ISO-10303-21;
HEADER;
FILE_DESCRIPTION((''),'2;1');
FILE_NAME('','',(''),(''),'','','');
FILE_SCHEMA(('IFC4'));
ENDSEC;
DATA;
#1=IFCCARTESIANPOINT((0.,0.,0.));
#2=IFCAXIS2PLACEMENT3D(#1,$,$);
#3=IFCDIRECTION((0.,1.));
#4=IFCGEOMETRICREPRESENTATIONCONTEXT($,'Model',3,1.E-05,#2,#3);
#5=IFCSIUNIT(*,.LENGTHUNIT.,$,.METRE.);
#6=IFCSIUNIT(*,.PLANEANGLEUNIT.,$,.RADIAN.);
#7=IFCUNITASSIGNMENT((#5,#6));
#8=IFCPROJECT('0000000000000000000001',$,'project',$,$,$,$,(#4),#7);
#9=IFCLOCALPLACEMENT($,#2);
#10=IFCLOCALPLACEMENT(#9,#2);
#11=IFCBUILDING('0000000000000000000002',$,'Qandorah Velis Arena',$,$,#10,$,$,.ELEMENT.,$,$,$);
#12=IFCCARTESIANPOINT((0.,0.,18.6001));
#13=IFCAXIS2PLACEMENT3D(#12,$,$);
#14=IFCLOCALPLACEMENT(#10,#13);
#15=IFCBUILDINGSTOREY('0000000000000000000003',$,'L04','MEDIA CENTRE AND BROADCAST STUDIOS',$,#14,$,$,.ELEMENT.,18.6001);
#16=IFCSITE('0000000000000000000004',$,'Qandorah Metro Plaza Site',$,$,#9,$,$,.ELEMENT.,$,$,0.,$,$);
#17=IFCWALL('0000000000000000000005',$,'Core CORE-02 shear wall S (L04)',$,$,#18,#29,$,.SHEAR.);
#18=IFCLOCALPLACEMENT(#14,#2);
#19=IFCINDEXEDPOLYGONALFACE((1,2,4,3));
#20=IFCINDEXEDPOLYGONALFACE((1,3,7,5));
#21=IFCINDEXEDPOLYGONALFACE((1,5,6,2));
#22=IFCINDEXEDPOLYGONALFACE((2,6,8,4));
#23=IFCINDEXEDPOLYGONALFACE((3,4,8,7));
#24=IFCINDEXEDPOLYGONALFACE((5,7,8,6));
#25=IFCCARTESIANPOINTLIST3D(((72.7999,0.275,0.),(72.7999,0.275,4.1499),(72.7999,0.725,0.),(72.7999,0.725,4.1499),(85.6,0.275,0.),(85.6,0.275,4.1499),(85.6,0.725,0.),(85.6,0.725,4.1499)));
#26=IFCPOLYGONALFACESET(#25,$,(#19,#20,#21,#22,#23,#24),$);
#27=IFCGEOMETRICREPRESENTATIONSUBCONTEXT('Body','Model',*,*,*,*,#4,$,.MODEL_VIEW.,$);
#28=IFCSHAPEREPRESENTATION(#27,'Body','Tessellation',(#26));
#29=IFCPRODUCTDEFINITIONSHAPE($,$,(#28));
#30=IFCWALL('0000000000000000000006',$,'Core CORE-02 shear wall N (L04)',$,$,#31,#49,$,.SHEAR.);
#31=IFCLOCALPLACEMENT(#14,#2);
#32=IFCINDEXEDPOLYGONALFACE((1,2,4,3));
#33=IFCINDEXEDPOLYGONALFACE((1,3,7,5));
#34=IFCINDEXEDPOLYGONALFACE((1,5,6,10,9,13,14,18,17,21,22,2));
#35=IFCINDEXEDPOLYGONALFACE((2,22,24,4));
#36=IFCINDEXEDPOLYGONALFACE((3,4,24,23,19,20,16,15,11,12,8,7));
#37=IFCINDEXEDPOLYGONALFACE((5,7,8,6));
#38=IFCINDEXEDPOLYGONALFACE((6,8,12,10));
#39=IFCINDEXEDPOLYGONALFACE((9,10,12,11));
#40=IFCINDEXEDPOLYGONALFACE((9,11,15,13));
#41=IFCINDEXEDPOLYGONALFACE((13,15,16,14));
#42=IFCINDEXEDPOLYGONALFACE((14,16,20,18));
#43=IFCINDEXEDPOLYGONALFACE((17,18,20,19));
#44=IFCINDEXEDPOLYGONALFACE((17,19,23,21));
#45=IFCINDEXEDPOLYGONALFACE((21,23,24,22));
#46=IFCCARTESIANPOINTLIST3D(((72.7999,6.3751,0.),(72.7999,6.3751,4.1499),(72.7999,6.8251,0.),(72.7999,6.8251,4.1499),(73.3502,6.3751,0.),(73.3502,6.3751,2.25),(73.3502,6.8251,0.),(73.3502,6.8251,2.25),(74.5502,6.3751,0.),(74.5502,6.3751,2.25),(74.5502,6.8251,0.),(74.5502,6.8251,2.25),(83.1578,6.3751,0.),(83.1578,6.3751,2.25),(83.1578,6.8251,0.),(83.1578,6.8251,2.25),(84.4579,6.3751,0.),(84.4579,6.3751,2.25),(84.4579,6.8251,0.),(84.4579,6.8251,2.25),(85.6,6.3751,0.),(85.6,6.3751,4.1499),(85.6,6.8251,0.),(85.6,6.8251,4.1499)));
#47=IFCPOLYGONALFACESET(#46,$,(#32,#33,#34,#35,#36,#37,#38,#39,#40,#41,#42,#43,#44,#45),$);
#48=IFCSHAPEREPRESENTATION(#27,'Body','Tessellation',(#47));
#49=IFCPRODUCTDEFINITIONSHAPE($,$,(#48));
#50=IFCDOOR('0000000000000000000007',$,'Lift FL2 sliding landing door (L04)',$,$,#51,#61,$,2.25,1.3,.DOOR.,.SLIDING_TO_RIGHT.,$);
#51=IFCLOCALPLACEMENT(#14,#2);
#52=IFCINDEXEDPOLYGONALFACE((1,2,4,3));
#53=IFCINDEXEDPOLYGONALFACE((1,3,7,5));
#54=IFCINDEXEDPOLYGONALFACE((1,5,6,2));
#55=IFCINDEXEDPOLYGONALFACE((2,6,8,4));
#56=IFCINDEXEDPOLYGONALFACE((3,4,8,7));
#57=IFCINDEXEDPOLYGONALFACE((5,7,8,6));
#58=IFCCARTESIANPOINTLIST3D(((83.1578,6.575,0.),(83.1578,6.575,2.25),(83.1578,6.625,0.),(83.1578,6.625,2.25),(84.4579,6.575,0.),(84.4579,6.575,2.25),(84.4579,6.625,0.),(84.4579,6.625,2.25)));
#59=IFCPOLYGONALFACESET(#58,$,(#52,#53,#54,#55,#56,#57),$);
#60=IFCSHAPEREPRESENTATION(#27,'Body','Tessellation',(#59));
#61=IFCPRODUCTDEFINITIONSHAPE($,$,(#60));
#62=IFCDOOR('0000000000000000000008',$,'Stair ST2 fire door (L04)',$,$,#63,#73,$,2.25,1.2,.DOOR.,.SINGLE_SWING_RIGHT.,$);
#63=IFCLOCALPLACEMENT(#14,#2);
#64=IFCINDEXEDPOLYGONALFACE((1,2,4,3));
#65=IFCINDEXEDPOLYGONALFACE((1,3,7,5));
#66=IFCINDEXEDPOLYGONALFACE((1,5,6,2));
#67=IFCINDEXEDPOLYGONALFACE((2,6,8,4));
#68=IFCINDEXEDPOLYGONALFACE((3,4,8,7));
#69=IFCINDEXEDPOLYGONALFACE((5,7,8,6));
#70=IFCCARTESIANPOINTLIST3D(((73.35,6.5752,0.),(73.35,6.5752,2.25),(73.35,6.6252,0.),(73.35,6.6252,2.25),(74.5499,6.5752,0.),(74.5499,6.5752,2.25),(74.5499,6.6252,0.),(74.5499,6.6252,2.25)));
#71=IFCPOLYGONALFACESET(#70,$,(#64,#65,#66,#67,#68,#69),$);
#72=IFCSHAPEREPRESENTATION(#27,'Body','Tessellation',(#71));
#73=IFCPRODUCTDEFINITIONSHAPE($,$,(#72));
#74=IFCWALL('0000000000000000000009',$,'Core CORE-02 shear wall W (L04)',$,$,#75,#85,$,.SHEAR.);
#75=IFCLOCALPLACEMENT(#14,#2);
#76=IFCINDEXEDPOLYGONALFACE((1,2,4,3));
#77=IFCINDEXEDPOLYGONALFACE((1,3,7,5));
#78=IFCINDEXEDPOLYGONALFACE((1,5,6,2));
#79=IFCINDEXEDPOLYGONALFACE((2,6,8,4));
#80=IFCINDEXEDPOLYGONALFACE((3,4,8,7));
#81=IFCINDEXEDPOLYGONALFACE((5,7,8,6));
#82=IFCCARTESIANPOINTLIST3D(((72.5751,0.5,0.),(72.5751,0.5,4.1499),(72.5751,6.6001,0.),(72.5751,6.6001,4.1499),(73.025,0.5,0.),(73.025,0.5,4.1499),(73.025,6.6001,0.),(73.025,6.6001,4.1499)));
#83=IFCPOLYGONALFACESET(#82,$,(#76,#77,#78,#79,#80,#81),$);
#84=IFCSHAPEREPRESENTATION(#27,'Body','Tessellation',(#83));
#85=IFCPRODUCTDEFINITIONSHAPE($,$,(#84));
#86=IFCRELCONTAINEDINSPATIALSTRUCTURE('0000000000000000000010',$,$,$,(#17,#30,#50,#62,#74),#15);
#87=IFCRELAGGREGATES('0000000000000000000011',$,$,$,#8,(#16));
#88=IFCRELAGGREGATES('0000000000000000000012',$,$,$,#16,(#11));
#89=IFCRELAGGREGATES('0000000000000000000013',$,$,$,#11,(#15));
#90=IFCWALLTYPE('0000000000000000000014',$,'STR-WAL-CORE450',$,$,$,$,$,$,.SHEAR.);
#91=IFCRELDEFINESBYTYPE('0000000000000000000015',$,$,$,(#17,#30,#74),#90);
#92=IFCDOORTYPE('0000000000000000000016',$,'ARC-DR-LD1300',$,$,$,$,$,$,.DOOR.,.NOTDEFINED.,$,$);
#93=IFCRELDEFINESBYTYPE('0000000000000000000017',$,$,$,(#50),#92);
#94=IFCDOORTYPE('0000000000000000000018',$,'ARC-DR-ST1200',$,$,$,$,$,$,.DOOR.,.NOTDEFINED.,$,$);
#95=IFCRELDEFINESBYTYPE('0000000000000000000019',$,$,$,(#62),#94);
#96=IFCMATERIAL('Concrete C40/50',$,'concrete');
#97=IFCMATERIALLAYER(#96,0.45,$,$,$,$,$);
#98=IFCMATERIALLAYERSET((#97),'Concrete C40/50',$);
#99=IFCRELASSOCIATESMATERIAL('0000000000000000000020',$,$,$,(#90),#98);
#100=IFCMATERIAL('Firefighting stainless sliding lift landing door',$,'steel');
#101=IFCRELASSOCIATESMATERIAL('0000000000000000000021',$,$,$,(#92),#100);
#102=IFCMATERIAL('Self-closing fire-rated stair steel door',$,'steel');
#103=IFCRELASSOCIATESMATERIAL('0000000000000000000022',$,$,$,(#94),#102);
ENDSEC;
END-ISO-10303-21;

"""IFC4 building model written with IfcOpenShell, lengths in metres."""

from ifc_helpers import new_model, si_unit, direction, frame, frame_2d, origin, place, context, subcontext, project, spatial, rectangle, extrude, material, layer, layer_set, type_object, element, fill, save


model = new_model("IFC4")

# Units and contexts
model_context = context("Model", 3, precision=1e-05, world=origin(), true_north=direction((0.0, 1.0)))
body_context = subcontext(model_context, "Body", "Model", "MODEL_VIEW")
ifc_project = project(units=[si_unit("LENGTHUNIT", "METRE"), si_unit("PLANEANGLEUNIT", "RADIAN")], contexts=[model_context])

# Site, building, storey
site_placement = place(None, origin())
site = spatial("IfcSite", under=ifc_project, at=site_placement, Name="Qandorah Metro Plaza Site", CompositionType="ELEMENT", RefElevation=0.0)
building_placement = place(site_placement, origin())
building = spatial("IfcBuilding", under=site, at=building_placement, Name="Qandorah Velis Arena", CompositionType="ELEMENT")
storey_placement = place(building_placement, frame((0.0, 0.0, 18.6001)))
storey = spatial("IfcBuildingStorey", under=building, at=storey_placement, Name="L04", Description="MEDIA CENTRE AND BROADCAST STUDIOS", CompositionType="ELEMENT", Elevation=18.6001)

# Wall
ifc_material_1 = material(Name="Concrete C40/50", Category="concrete")
ifc_layer_1 = layer(ifc_material_1, 0.45)
ifc_layer_set_1 = layer_set([ifc_layer_1], Name="Concrete C40/50")
wall_type_1 = type_object("IfcWallType", Name="STR-WAL-CORE450", PredefinedType="SHEAR", material=ifc_layer_set_1)
wall_1_placement = place(storey_placement, frame((72.8, 0.5, 0.0), z_axis=(0.0, 0.0, 1.0), x_axis=(1.0, 0.0, 0.0)))
element("IfcWall", 1, at=wall_1_placement, inside=storey, type_object=wall_type_1, Name="Core CORE-02 shear wall S (L04)", PredefinedType="SHEAR", context=body_context, shape_type="SweptSolid", body=[
    extrude(rectangle(XDim=12.8, YDim=0.45, at=frame_2d((6.3999, 0.0))), origin(), (0.0, 0.0, 1.0), 4.1499),
])

# Wall, openings, doors
wall_2_placement = place(storey_placement, frame((72.8, 6.6001, 0.0), z_axis=(0.0, 0.0, 1.0), x_axis=(1.0, 0.0, 0.0)))
wall_2 = element("IfcWall", 2, at=wall_2_placement, inside=storey, type_object=wall_type_1, Name="Core CORE-02 shear wall N (L04)", PredefinedType="SHEAR", context=body_context, shape_type="SweptSolid", body=[
    extrude(rectangle(XDim=12.8, YDim=0.45, at=frame_2d((6.3999, 0.0))), origin(), (0.0, 0.0, 1.0), 4.1499),
])
opening_1_placement = place(wall_2_placement, frame((0.55, 0.0, 0.0)))
opening_1 = element("IfcOpeningElement", 3, at=opening_1_placement, cuts=wall_2, PredefinedType="OPENING", context=body_context, shape_type="SweptSolid", body=[
    extrude(rectangle(XDim=1.2, YDim=2.25, at=frame_2d((0.6001, 1.125))), frame((0.0, 0.2349, 0.0), z_axis=(0.0, -1.0, 0.0), x_axis=(1.0, 0.0, 0.0)), (0.0, 0.0, 1.0), 0.47),
])
opening_2_placement = place(wall_2_placement, frame((10.3579, 0.0, 0.0)))
opening_2 = element("IfcOpeningElement", 4, at=opening_2_placement, cuts=wall_2, PredefinedType="OPENING", context=body_context, shape_type="SweptSolid", body=[
    extrude(rectangle(XDim=1.3, YDim=2.25, at=frame_2d((0.6499, 1.125))), frame((0.0, 0.2349, 0.0), z_axis=(0.0, -1.0, 0.0), x_axis=(1.0, 0.0, 0.0)), (0.0, 0.0, 1.0), 0.47),
])
ifc_material_2 = material(Name="Firefighting stainless sliding lift landing door", Category="steel")
door_type_1 = type_object("IfcDoorType", Name="ARC-DR-LD1300", OperationType="NOTDEFINED", PredefinedType="DOOR", material=ifc_material_2)
door_1_placement = place(opening_2_placement, origin())
door_1 = element("IfcDoor", 5, at=door_1_placement, inside=storey, type_object=door_type_1, Name="Lift FL2 sliding landing door (L04)", OperationType="SLIDING_TO_RIGHT", OverallHeight=2.25, OverallWidth=1.3, PredefinedType="DOOR", context=body_context, shape_type="SweptSolid", body=[
    extrude(rectangle(XDim=1.3, YDim=2.25, at=frame_2d((0.6499, 1.125))), frame((0.0, 0.0249, 0.0), z_axis=(0.0, -1.0, 0.0), x_axis=(1.0, 0.0, 0.0)), (0.0, 0.0, 1.0), 0.05),
])
fill(opening_2, door_1)
ifc_material_3 = material(Name="Self-closing fire-rated stair steel door", Category="steel")
door_type_2 = type_object("IfcDoorType", Name="ARC-DR-ST1200", OperationType="NOTDEFINED", PredefinedType="DOOR", material=ifc_material_3)
door_2_placement = place(opening_1_placement, frame((1.2, 0.0, 0.0), z_axis=(0.0, 0.0, 1.0), x_axis=(-1.0, 0.0, 0.0)))
door_2 = element("IfcDoor", 6, at=door_2_placement, inside=storey, type_object=door_type_2, Name="Stair ST2 fire door (L04)", OperationType="SINGLE_SWING_RIGHT", OverallHeight=2.25, OverallWidth=1.2, PredefinedType="DOOR", context=body_context, shape_type="SweptSolid", body=[
    extrude(rectangle(XDim=1.2, YDim=2.25, at=frame_2d((0.6001, 1.125))), frame((0.0, 0.0249, 0.0), z_axis=(0.0, -1.0, 0.0), x_axis=(1.0, 0.0, 0.0)), (0.0, 0.0, 1.0), 0.05),
])
fill(opening_1, door_2)

# Wall
wall_3_placement = place(storey_placement, frame((72.8, 0.5, 0.0), z_axis=(0.0, 0.0, 1.0), x_axis=(0.0, 1.0, 0.0)))
element("IfcWall", 7, at=wall_3_placement, inside=storey, type_object=wall_type_1, Name="Core CORE-02 shear wall W (L04)", PredefinedType="SHEAR", context=body_context, shape_type="SweptSolid", body=[
    extrude(rectangle(XDim=6.1001, YDim=0.45, at=frame_2d((3.05, 0.0))), origin(), (0.0, 0.0, 1.0), 4.1499),
])

save(model, "model.ifc")
